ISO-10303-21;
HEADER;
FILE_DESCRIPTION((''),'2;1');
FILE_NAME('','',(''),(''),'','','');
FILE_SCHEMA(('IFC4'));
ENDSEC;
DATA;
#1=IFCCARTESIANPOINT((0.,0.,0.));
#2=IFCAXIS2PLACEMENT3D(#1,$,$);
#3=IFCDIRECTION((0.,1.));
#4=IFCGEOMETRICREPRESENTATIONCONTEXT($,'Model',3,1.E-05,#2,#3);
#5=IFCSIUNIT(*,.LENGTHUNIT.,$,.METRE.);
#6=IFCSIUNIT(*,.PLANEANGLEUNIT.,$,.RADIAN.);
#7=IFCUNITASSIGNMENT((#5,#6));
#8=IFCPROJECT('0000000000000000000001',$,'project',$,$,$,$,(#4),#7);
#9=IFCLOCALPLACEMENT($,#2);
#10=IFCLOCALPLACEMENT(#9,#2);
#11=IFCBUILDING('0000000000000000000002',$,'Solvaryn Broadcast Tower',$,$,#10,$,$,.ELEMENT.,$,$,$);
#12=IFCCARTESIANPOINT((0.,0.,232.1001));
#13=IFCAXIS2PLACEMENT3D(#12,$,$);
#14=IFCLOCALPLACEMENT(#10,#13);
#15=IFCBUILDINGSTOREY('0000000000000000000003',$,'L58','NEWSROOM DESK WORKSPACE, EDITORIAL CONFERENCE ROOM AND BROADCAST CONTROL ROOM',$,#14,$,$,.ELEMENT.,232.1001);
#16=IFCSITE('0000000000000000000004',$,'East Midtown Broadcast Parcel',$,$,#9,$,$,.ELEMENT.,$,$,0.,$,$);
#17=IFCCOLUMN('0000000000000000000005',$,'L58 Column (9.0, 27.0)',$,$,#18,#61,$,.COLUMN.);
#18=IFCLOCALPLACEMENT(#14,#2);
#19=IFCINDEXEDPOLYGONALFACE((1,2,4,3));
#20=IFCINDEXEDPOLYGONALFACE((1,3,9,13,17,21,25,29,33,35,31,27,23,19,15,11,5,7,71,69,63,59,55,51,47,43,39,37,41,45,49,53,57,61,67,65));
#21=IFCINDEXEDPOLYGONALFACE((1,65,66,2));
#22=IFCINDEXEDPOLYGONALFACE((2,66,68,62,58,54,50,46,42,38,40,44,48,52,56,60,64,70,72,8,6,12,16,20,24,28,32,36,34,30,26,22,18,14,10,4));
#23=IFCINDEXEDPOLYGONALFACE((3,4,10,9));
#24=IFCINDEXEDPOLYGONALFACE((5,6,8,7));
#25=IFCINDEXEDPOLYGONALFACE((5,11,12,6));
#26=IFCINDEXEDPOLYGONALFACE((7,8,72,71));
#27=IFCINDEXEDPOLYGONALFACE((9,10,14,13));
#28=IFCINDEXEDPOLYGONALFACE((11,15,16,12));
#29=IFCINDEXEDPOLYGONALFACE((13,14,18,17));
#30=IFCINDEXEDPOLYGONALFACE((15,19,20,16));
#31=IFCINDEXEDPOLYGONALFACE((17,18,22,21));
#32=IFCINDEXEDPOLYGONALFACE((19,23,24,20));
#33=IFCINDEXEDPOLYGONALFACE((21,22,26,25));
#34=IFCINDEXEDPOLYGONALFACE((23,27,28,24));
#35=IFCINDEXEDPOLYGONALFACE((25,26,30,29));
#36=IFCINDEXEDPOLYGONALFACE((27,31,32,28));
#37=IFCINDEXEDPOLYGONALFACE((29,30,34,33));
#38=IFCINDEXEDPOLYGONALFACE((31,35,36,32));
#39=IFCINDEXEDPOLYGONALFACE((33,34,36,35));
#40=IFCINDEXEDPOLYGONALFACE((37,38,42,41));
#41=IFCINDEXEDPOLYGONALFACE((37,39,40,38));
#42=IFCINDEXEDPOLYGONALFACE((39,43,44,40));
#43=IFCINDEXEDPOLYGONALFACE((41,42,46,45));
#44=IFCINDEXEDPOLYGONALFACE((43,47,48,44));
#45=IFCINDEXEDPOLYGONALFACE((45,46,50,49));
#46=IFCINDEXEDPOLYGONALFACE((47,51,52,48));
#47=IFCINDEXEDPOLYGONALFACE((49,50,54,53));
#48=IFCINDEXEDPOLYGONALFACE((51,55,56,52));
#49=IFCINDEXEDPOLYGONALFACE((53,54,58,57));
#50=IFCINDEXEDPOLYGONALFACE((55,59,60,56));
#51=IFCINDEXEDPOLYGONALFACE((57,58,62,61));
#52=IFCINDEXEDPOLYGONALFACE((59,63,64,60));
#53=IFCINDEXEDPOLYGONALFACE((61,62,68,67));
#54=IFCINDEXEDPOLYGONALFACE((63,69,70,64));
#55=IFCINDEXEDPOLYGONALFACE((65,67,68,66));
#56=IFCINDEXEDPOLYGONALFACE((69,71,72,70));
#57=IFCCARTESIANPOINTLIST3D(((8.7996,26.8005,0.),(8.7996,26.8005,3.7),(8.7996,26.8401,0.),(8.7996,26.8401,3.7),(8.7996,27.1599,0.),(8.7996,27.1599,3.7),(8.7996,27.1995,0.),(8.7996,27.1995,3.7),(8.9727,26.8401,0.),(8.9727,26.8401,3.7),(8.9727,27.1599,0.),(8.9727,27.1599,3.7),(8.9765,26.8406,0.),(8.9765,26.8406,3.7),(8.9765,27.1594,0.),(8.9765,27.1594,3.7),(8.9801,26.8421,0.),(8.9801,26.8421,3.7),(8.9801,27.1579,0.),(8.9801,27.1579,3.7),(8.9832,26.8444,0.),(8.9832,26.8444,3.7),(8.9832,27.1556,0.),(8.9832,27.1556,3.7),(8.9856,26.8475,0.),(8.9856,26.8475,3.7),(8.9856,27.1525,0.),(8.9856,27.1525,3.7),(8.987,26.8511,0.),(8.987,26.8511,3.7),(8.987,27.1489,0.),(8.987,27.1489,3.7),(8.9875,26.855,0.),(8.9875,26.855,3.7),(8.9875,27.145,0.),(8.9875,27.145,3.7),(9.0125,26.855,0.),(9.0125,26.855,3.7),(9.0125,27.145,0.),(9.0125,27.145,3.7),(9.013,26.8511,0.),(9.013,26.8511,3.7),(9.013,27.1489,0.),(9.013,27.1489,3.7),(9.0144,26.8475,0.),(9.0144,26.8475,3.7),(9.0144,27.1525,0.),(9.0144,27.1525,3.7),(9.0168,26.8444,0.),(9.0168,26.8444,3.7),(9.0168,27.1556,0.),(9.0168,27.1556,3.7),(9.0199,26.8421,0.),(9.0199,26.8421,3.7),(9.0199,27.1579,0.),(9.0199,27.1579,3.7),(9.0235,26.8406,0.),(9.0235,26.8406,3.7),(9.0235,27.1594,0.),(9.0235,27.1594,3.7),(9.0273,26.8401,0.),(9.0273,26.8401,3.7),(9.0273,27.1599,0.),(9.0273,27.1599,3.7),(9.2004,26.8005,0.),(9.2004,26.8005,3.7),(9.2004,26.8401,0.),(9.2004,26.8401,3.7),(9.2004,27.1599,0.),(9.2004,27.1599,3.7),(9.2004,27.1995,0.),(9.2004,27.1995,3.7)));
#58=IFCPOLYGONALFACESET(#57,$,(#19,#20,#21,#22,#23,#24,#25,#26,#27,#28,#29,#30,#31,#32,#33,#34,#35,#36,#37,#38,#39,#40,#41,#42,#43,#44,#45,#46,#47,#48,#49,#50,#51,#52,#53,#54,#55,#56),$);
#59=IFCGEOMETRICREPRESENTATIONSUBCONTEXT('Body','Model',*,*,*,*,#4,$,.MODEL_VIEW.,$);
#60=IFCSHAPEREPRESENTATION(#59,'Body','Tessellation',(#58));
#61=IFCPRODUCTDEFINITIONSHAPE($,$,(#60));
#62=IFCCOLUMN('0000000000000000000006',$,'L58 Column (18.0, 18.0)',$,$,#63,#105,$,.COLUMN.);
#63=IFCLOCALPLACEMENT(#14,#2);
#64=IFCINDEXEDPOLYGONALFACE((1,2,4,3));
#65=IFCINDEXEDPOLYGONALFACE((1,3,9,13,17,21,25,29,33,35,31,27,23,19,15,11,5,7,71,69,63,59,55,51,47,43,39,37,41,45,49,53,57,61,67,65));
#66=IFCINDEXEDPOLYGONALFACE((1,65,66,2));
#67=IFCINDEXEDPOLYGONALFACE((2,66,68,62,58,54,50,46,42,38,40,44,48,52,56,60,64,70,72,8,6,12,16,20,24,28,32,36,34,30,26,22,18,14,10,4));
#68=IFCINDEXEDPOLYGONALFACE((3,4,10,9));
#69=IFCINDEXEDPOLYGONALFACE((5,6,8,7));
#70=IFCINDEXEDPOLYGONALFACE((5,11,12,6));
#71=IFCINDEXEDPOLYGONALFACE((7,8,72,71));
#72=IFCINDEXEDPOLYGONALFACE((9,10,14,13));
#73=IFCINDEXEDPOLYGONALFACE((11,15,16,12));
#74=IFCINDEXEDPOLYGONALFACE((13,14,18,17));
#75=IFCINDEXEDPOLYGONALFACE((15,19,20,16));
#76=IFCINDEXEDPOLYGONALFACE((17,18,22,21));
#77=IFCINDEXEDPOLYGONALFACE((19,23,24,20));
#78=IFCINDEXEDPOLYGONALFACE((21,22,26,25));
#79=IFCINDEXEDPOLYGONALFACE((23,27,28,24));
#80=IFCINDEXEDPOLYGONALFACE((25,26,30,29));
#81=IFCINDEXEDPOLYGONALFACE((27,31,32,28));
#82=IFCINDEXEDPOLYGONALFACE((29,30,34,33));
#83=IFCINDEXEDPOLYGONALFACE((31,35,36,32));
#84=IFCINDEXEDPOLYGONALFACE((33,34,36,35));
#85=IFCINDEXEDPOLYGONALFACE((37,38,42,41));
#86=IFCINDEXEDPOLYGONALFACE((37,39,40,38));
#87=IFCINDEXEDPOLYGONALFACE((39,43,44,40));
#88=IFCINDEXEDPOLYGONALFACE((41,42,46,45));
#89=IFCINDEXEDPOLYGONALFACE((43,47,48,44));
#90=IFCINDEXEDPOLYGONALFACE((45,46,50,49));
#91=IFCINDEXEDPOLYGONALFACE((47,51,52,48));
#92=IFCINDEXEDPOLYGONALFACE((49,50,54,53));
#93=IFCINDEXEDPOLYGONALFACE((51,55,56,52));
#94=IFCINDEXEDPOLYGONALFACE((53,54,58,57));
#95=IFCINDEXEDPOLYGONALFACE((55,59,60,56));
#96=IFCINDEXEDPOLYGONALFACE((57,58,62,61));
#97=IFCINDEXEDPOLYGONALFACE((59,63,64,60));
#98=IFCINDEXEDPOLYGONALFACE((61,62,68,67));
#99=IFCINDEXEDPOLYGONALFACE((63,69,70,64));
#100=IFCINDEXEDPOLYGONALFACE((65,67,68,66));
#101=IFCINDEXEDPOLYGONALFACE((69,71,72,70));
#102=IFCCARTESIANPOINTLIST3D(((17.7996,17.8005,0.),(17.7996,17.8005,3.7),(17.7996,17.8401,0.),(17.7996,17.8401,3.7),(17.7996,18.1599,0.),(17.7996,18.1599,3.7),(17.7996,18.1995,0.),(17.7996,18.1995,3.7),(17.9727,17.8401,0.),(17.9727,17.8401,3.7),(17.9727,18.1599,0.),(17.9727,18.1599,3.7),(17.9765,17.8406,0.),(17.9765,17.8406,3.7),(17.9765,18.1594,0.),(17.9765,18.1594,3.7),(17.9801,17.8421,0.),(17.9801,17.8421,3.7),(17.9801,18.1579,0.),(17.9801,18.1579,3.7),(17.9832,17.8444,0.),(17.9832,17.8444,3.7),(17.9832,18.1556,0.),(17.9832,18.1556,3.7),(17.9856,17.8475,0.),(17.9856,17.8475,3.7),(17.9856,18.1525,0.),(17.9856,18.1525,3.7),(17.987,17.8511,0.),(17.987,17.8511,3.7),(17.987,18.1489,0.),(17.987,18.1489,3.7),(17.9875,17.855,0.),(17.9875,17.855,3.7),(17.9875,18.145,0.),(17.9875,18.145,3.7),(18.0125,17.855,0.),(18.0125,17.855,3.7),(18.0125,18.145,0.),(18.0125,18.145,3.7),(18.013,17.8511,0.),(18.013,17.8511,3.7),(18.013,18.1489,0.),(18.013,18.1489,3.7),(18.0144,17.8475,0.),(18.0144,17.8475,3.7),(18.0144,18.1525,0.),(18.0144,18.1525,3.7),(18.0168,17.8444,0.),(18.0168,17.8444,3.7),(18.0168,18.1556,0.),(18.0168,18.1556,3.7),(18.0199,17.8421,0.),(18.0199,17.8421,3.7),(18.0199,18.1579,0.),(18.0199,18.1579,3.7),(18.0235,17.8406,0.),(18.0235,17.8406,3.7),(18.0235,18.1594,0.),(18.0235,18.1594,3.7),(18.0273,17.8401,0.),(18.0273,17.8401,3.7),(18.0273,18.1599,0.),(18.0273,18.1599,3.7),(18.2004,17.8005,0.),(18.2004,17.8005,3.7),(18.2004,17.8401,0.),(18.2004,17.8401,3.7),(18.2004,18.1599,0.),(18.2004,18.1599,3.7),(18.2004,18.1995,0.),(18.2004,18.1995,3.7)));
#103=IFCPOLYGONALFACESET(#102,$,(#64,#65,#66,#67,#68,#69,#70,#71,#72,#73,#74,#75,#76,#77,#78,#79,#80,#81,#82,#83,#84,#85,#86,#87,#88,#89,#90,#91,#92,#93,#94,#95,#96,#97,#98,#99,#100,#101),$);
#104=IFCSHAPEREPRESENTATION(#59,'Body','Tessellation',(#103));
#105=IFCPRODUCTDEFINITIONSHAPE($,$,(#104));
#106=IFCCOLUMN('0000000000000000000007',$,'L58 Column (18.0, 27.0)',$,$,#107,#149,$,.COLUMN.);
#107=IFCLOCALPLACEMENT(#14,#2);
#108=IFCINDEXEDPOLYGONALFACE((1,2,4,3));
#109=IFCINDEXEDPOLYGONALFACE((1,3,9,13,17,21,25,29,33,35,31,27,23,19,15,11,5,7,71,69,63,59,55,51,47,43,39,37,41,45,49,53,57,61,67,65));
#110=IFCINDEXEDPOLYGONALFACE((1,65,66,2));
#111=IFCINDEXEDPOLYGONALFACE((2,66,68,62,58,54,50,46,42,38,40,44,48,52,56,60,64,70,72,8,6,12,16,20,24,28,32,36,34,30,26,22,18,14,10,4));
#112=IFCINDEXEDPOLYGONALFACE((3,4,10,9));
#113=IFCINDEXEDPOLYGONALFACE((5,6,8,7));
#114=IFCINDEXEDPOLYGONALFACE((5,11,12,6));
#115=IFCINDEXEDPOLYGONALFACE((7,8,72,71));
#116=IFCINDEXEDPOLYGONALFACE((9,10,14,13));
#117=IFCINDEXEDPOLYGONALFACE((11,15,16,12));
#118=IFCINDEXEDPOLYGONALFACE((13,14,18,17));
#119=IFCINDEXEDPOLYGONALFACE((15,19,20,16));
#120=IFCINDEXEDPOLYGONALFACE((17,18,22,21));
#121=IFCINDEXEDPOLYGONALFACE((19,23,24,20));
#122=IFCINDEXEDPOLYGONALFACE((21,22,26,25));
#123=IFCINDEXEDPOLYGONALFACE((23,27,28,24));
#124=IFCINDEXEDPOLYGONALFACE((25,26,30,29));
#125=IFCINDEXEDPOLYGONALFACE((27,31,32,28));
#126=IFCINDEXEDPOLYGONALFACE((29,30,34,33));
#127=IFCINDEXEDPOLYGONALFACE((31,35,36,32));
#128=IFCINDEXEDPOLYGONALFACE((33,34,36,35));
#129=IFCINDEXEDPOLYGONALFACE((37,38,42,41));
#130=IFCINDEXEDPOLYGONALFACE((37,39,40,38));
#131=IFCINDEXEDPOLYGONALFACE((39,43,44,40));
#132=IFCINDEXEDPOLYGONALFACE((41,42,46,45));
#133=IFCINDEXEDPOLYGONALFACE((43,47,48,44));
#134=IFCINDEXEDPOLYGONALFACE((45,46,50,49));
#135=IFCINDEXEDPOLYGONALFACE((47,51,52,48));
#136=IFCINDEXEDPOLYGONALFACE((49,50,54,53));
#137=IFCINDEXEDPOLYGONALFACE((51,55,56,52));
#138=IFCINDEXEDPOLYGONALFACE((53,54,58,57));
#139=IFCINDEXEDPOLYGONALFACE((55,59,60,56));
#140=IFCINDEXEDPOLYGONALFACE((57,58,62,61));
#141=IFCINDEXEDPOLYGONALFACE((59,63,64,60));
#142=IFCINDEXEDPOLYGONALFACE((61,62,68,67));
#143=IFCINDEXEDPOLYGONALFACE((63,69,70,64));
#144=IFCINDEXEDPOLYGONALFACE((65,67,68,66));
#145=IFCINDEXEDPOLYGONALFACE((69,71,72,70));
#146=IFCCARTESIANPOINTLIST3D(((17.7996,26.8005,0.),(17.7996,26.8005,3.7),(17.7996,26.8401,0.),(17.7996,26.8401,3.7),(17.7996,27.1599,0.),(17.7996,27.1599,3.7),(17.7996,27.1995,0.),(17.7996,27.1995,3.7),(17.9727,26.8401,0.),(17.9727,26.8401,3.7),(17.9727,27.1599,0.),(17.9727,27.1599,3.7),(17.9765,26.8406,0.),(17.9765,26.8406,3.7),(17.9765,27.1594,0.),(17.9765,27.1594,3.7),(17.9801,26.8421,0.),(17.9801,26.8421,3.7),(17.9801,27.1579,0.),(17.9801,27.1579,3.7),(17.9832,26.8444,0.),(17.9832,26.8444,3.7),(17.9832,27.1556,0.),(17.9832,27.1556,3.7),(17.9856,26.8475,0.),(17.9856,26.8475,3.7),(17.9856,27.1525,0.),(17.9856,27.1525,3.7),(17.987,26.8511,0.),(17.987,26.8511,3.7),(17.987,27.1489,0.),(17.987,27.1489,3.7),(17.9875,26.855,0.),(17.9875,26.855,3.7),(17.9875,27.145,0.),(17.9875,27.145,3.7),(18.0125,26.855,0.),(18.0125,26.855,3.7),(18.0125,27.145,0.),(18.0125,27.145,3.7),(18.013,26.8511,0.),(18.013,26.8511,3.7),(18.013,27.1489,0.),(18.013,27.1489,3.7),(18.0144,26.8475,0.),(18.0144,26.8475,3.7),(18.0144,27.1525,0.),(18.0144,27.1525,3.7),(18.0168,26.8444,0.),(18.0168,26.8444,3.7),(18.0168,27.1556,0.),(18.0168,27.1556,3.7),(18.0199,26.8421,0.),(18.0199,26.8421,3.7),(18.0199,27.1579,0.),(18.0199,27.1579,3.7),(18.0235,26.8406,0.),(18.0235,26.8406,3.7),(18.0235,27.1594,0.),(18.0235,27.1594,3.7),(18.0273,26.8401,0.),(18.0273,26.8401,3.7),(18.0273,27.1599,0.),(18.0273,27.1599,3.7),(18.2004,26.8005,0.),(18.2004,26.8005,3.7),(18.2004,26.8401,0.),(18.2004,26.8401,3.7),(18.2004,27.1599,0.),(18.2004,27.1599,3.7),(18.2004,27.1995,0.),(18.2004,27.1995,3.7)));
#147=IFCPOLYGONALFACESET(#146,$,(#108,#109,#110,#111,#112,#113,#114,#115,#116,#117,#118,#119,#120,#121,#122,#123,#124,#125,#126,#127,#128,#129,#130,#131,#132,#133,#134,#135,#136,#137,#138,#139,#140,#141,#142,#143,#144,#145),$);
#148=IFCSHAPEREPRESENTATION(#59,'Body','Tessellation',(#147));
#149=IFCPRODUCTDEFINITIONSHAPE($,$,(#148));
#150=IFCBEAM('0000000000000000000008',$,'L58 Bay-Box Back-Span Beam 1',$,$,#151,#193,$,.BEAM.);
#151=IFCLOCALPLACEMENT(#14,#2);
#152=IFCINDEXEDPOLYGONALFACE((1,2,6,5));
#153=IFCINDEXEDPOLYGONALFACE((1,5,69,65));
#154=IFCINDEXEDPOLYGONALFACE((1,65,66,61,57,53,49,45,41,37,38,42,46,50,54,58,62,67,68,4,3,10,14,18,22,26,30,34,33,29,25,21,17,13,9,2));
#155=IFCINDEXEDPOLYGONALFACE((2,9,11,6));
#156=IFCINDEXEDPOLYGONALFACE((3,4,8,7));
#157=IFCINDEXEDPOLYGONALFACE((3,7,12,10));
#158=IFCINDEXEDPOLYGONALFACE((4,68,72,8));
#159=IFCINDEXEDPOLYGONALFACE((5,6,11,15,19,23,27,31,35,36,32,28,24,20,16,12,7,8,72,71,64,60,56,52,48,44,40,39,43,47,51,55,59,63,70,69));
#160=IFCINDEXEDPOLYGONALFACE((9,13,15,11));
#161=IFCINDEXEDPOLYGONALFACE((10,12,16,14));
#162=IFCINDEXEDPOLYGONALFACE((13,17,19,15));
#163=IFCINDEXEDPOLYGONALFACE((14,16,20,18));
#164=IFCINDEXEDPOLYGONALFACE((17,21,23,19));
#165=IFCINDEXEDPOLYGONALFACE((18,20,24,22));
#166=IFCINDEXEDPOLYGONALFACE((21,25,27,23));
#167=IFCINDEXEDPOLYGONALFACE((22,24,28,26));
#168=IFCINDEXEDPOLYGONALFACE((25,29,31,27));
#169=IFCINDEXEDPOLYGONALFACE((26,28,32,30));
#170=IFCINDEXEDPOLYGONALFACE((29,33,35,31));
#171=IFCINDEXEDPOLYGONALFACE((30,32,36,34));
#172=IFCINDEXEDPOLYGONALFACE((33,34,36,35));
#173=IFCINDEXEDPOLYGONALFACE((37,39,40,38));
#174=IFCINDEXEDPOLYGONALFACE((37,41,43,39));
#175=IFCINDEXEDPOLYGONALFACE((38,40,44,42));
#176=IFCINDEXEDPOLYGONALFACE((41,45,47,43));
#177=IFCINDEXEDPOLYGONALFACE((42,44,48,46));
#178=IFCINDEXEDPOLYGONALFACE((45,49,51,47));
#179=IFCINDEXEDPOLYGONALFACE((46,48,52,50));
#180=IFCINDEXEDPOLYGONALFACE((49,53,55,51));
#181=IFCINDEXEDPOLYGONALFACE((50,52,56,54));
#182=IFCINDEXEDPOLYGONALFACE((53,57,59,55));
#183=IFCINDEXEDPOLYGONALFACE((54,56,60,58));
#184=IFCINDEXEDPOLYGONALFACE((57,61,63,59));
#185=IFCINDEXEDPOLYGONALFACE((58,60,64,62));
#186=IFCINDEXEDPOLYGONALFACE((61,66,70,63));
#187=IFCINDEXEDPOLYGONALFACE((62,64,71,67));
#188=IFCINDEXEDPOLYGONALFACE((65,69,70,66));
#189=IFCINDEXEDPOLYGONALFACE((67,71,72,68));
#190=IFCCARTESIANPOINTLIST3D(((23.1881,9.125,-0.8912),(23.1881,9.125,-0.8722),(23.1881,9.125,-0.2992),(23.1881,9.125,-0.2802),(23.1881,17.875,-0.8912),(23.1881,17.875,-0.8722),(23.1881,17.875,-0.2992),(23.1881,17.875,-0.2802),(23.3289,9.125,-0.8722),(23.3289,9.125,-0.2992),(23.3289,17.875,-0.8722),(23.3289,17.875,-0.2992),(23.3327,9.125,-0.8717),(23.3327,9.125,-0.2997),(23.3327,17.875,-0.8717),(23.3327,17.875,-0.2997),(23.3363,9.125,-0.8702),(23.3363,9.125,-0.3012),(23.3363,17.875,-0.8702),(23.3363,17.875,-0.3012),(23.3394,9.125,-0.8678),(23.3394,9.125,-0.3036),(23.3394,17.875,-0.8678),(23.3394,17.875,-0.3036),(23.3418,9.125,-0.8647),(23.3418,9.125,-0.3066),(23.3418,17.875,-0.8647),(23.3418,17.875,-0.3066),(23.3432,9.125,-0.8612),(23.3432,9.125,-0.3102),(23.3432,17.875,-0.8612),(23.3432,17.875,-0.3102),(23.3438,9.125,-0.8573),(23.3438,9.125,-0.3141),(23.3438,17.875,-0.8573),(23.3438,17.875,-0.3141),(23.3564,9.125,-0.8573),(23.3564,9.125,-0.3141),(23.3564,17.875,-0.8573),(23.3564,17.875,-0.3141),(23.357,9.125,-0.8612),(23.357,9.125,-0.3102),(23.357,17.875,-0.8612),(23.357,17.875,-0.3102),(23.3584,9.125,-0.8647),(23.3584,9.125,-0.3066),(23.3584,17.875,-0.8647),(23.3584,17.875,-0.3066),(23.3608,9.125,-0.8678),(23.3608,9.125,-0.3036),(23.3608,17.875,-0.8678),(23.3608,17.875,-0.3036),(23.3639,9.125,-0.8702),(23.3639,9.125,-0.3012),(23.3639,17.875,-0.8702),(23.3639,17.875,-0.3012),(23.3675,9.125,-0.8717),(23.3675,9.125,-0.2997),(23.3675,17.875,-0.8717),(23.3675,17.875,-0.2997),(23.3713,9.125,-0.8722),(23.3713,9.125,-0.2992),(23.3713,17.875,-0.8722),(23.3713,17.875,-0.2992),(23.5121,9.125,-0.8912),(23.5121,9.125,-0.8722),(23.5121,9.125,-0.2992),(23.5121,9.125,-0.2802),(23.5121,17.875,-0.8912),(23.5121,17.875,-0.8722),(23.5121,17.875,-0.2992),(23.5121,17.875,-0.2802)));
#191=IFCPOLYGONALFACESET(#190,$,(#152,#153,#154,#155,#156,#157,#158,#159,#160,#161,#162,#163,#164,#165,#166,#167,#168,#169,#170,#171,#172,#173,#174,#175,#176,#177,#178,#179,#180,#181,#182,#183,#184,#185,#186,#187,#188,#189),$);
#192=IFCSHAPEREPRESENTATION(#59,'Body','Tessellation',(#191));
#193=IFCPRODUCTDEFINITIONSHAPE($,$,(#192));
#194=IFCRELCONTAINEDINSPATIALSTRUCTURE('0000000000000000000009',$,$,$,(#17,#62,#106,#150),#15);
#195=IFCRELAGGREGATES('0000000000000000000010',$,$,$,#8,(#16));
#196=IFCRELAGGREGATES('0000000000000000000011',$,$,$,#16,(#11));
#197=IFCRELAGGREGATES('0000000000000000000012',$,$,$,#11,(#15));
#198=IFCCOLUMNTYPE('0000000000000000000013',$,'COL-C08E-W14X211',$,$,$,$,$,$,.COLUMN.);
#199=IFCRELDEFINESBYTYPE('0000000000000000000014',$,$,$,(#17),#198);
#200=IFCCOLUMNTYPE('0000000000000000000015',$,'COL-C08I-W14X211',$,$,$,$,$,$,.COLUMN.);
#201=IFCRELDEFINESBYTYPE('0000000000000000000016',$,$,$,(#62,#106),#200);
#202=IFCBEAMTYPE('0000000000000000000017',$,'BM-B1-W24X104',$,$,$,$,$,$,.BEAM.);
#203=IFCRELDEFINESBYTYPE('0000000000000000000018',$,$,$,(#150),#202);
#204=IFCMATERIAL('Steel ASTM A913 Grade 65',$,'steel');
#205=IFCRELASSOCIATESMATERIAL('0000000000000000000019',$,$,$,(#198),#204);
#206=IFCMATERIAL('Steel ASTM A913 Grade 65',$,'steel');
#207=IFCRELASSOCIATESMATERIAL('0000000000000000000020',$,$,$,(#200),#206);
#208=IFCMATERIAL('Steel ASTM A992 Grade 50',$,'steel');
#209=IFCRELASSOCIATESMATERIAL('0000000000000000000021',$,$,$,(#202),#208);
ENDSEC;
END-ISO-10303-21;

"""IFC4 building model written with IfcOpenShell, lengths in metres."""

from ifc_helpers import new_model, si_unit, direction, frame, origin, origin_2d, place, context, subcontext, project, spatial, i_section, extrude, material, material_profile, profile_set, type_object, element, save


model = new_model("IFC4")

# Units and contexts
model_context = context("Model", 3, precision=1e-05, world=origin(), true_north=direction((0.0, 1.0)))
body_context = subcontext(model_context, "Body", "Model", "MODEL_VIEW")
ifc_project = project(units=[si_unit("LENGTHUNIT", "METRE"), si_unit("PLANEANGLEUNIT", "RADIAN")], contexts=[model_context])

# Site, building, storey
site_placement = place(None, origin())
site = spatial("IfcSite", under=ifc_project, at=site_placement, Name="East Midtown Broadcast Parcel", CompositionType="ELEMENT", RefElevation=0.0)
building_placement = place(site_placement, origin())
building = spatial("IfcBuilding", under=site, at=building_placement, Name="Solvaryn Broadcast Tower", CompositionType="ELEMENT")
storey_placement = place(building_placement, frame((0.0, 0.0, 232.1001)))
storey = spatial("IfcBuildingStorey", under=building, at=storey_placement, Name="L58", Description="NEWSROOM DESK WORKSPACE, EDITORIAL CONFERENCE ROOM AND BROADCAST CONTROL ROOM", CompositionType="ELEMENT", Elevation=232.1001)

# Columns
ifc_material_1 = material(Name="Steel ASTM A913 Grade 65", Category="steel")
ifc_material_profile_1 = material_profile(ifc_material_1, i_section(OverallWidth=0.4009, OverallDepth=0.3989, WebThickness=0.0249, FlangeThickness=0.0396, FilletRadius=0.0149, at=origin_2d()))
ifc_profile_set_1 = profile_set([ifc_material_profile_1], Name="Steel ASTM A913 Grade 65")
column_type_1 = type_object("IfcColumnType", Name="COL-C08E-W14X211", PredefinedType="COLUMN", material=ifc_profile_set_1)
column_placement = place(storey_placement, frame((9.0, 27.0, 0.0), z_axis=(0.0, 0.0, 1.0), x_axis=(1.0, 0.0, 0.0)))
element("IfcColumn", 1, at=column_placement, inside=storey, type_object=column_type_1, Name="L58 Column (9.0, 27.0)", PredefinedType="COLUMN", context=body_context, shape_type="SweptSolid", body=[
    extrude(i_section(OverallWidth=0.4009, OverallDepth=0.3989, WebThickness=0.0249, FlangeThickness=0.0396, FilletRadius=0.0149, at=origin_2d()), origin(), (0.0, 0.0, 1.0), 3.7),
])
ifc_material_2 = material(Name="Steel ASTM A913 Grade 65", Category="steel")
ifc_material_profile_2 = material_profile(ifc_material_2, i_section(OverallWidth=0.4009, OverallDepth=0.3989, WebThickness=0.0249, FlangeThickness=0.0396, FilletRadius=0.0149, at=origin_2d()))
ifc_profile_set_2 = profile_set([ifc_material_profile_2], Name="Steel ASTM A913 Grade 65")
column_type_2 = type_object("IfcColumnType", Name="COL-C08I-W14X211", PredefinedType="COLUMN", material=ifc_profile_set_2)
for number, where, z_axis, x_axis, name in (
    (2, (18.0, 18.0, 0.0), (0.0, 0.0, 1.0), (1.0, 0.0, 0.0), "L58 Column (18.0, 18.0)"),
    (3, (18.0, 27.0, 0.0), (0.0, 0.0, 1.0), (1.0, 0.0, 0.0), "L58 Column (18.0, 27.0)"),
):
    element("IfcColumn", number, at=place(storey_placement, frame(where, z_axis=z_axis, x_axis=x_axis)), inside=storey, type_object=column_type_2, Name=name, PredefinedType="COLUMN", context=body_context, shape_type="SweptSolid", body=[
        extrude(i_section(OverallWidth=0.4009, OverallDepth=0.3989, WebThickness=0.0249, FlangeThickness=0.0396, FilletRadius=0.0149, at=origin_2d()), origin(), (0.0, 0.0, 1.0), 3.7),
    ])

# Beam
ifc_material_3 = material(Name="Steel ASTM A992 Grade 50", Category="steel")
ifc_material_profile_3 = material_profile(ifc_material_3, i_section(OverallWidth=0.324, OverallDepth=0.6111, WebThickness=0.0127, FlangeThickness=0.019, FilletRadius=0.0149, at=origin_2d()))
ifc_profile_set_3 = profile_set([ifc_material_profile_3], Name="Steel ASTM A992 Grade 50")
beam_type_1 = type_object("IfcBeamType", Name="BM-B1-W24X104", PredefinedType="BEAM", material=ifc_profile_set_3)
beam_1_placement = place(storey_placement, frame((23.3501, 17.875, -0.5857), z_axis=(0.0, -1.0, 0.0), x_axis=(1.0, 0.0, 0.0)))
element("IfcBeam", 4, at=beam_1_placement, inside=storey, type_object=beam_type_1, Name="L58 Bay-Box Back-Span Beam 1", PredefinedType="BEAM", context=body_context, shape_type="SweptSolid", body=[
    extrude(i_section(OverallWidth=0.324, OverallDepth=0.6111, WebThickness=0.0127, FlangeThickness=0.019, FilletRadius=0.0149, at=origin_2d()), origin(), (0.0, 0.0, 1.0), 8.75),
])

save(model, "model.ifc")
